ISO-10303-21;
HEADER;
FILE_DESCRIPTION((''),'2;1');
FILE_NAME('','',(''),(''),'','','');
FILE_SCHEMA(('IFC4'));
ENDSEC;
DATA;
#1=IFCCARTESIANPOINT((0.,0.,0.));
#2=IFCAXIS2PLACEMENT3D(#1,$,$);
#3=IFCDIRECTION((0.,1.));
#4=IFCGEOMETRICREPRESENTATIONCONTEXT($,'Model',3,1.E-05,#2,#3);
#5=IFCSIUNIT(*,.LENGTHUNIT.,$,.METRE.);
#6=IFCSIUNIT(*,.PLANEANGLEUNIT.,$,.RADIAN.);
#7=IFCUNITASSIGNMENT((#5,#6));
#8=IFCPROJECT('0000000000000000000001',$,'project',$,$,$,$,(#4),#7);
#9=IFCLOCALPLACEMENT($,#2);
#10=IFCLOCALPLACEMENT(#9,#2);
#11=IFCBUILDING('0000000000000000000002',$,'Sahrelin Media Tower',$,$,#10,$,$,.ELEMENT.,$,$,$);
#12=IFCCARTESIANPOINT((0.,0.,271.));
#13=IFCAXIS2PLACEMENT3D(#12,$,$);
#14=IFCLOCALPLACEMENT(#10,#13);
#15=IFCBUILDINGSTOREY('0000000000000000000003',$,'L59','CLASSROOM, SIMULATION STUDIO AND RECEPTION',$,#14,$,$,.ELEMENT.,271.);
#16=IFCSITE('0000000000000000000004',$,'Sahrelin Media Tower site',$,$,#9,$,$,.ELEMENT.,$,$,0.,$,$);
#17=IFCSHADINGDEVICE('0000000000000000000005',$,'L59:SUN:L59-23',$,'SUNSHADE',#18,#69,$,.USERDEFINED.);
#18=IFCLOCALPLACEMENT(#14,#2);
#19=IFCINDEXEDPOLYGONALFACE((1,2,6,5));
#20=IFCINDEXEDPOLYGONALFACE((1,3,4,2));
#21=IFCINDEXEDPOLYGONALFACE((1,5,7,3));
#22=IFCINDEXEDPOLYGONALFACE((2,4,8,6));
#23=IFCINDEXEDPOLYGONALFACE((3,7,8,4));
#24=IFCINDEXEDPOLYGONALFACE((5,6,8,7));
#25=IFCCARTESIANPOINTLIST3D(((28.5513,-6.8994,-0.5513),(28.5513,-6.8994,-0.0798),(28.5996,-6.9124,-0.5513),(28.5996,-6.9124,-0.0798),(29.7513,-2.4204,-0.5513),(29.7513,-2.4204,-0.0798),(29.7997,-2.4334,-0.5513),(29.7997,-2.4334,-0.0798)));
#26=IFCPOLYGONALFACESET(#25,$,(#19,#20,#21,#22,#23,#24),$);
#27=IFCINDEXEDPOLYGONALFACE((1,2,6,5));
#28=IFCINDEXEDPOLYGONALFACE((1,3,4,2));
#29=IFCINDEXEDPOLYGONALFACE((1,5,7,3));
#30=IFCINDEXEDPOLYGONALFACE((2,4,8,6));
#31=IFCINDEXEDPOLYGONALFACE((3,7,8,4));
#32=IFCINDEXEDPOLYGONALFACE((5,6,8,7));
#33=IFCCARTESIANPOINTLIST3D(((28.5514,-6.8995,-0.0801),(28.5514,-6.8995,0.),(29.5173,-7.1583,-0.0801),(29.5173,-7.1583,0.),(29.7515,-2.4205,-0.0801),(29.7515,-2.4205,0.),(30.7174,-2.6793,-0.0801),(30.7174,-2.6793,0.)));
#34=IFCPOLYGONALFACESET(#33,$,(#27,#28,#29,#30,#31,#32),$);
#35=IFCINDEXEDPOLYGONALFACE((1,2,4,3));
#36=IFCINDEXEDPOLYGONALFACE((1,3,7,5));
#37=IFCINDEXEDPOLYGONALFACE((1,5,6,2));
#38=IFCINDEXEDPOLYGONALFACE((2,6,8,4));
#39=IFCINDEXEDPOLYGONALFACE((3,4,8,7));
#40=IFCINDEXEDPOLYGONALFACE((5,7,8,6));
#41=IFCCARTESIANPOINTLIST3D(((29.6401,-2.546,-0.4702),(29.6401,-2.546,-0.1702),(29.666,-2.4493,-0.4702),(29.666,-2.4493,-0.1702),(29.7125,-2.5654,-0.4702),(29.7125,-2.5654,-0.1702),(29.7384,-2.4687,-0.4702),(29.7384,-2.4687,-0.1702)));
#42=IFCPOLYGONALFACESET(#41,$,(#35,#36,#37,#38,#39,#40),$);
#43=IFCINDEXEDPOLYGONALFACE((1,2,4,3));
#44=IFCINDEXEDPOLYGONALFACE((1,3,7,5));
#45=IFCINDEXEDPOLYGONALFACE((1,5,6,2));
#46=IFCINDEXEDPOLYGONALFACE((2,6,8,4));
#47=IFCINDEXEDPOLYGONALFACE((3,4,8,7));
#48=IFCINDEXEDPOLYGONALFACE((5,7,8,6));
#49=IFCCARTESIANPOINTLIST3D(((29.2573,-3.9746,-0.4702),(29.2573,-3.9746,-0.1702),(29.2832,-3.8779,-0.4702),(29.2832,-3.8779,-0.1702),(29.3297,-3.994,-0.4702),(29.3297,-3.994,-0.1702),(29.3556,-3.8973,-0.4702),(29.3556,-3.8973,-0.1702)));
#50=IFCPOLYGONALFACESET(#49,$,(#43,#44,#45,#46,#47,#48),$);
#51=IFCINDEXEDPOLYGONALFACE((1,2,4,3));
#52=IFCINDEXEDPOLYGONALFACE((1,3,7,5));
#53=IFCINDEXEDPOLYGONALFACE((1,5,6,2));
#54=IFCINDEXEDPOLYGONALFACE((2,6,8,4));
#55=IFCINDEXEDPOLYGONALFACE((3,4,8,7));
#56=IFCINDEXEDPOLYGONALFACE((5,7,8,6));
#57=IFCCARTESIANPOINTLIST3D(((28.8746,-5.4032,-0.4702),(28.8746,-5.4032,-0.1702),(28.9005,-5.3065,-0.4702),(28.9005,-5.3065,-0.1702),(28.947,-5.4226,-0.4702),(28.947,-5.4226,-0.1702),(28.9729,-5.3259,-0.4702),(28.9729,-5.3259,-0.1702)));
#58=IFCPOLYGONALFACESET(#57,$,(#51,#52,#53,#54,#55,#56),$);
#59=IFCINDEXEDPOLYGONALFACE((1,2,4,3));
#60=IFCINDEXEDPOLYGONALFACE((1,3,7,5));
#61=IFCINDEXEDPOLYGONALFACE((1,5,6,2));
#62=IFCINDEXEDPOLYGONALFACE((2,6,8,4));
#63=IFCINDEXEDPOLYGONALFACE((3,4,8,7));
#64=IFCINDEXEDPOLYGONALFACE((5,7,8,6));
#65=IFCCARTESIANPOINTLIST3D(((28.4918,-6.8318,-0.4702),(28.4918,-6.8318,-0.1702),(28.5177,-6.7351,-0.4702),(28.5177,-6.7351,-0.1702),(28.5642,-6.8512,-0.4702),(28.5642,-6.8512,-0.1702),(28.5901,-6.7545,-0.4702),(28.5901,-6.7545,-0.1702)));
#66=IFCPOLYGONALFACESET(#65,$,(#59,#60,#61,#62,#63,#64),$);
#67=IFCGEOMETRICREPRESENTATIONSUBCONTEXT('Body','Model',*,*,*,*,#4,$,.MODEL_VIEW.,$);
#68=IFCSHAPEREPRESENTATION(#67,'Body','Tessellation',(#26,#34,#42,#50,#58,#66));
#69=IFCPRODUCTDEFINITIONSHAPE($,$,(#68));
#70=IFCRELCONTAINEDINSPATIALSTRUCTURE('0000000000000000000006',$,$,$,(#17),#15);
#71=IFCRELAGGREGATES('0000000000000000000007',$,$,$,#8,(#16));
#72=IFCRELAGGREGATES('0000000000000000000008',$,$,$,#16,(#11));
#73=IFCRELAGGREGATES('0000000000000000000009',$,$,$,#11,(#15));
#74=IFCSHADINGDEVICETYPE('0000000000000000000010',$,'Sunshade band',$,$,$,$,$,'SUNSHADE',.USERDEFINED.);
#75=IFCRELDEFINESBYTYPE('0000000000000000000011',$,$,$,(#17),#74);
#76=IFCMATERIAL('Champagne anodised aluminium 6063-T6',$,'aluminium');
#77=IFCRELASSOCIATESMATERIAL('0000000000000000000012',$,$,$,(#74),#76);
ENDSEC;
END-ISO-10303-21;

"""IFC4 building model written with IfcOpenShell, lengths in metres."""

from ifc_helpers import new_model, si_unit, direction, frame, origin, origin_2d, place, context, subcontext, project, spatial, rectangle, extrude, material, type_object, element, save


model = new_model("IFC4")

# Units and contexts
model_context = context("Model", 3, precision=1e-05, world=origin(), true_north=direction((0.0, 1.0)))
body_context = subcontext(model_context, "Body", "Model", "MODEL_VIEW")
ifc_project = project(units=[si_unit("LENGTHUNIT", "METRE"), si_unit("PLANEANGLEUNIT", "RADIAN")], contexts=[model_context])

# Site, building, storey
site_placement = place(None, origin())
site = spatial("IfcSite", under=ifc_project, at=site_placement, Name="Sahrelin Media Tower site", CompositionType="ELEMENT", RefElevation=0.0)
building_placement = place(site_placement, origin())
building = spatial("IfcBuilding", under=site, at=building_placement, Name="Sahrelin Media Tower", CompositionType="ELEMENT")
storey_placement = place(building_placement, frame((0.0, 0.0, 271.0)))
storey = spatial("IfcBuildingStorey", under=building, at=storey_placement, Name="L59", Description="CLASSROOM, SIMULATION STUDIO AND RECEPTION", CompositionType="ELEMENT", Elevation=271.0)

# Shared definitions
ifc_material_1 = material(Name="Champagne anodised aluminium 6063-T6", Category="aluminium")

# Shading device
placement_1 = place(storey_placement, frame((29.1321, -4.6548, 0.0), z_axis=(0.0, 0.0, 1.0), x_axis=(-0.258808, -0.965929, 0.0)))
shading_device_type_1 = type_object("IfcShadingDeviceType", Name="Sunshade band", ElementType="SUNSHADE", PredefinedType="USERDEFINED", material=ifc_material_1)
element("IfcShadingDevice", 1, at=placement_1, inside=storey, type_object=shading_device_type_1, Name="L59:SUN:L59-23", ObjectType="SUNSHADE", PredefinedType="USERDEFINED", context=body_context, shape_type="SweptSolid", body=[
    extrude(rectangle(XDim=4.637, YDim=0.05, at=origin_2d()), frame((0.0, 0.0449, -0.5513)), (0.0, 0.0, 1.0), 0.4714),
    extrude(rectangle(XDim=4.637, YDim=1.0, at=origin_2d()), frame((0.0, 0.52, -0.0801)), (0.0, 0.0, 1.0), 0.0801),
    extrude(rectangle(XDim=0.1001, YDim=0.075, at=origin_2d()), frame((-2.2185, -0.0176, -0.4702)), (0.0, 0.0, 1.0), 0.3),
    extrude(rectangle(XDim=0.1001, YDim=0.075, at=origin_2d()), frame((-0.7395, -0.0176, -0.4702)), (0.0, 0.0, 1.0), 0.3),
    extrude(rectangle(XDim=0.1001, YDim=0.075, at=origin_2d()), frame((0.7395, -0.0176, -0.4702)), (0.0, 0.0, 1.0), 0.3),
    extrude(rectangle(XDim=0.1001, YDim=0.075, at=origin_2d()), frame((2.2185, -0.0176, -0.4702)), (0.0, 0.0, 1.0), 0.3),
])

save(model, "model.ifc")
